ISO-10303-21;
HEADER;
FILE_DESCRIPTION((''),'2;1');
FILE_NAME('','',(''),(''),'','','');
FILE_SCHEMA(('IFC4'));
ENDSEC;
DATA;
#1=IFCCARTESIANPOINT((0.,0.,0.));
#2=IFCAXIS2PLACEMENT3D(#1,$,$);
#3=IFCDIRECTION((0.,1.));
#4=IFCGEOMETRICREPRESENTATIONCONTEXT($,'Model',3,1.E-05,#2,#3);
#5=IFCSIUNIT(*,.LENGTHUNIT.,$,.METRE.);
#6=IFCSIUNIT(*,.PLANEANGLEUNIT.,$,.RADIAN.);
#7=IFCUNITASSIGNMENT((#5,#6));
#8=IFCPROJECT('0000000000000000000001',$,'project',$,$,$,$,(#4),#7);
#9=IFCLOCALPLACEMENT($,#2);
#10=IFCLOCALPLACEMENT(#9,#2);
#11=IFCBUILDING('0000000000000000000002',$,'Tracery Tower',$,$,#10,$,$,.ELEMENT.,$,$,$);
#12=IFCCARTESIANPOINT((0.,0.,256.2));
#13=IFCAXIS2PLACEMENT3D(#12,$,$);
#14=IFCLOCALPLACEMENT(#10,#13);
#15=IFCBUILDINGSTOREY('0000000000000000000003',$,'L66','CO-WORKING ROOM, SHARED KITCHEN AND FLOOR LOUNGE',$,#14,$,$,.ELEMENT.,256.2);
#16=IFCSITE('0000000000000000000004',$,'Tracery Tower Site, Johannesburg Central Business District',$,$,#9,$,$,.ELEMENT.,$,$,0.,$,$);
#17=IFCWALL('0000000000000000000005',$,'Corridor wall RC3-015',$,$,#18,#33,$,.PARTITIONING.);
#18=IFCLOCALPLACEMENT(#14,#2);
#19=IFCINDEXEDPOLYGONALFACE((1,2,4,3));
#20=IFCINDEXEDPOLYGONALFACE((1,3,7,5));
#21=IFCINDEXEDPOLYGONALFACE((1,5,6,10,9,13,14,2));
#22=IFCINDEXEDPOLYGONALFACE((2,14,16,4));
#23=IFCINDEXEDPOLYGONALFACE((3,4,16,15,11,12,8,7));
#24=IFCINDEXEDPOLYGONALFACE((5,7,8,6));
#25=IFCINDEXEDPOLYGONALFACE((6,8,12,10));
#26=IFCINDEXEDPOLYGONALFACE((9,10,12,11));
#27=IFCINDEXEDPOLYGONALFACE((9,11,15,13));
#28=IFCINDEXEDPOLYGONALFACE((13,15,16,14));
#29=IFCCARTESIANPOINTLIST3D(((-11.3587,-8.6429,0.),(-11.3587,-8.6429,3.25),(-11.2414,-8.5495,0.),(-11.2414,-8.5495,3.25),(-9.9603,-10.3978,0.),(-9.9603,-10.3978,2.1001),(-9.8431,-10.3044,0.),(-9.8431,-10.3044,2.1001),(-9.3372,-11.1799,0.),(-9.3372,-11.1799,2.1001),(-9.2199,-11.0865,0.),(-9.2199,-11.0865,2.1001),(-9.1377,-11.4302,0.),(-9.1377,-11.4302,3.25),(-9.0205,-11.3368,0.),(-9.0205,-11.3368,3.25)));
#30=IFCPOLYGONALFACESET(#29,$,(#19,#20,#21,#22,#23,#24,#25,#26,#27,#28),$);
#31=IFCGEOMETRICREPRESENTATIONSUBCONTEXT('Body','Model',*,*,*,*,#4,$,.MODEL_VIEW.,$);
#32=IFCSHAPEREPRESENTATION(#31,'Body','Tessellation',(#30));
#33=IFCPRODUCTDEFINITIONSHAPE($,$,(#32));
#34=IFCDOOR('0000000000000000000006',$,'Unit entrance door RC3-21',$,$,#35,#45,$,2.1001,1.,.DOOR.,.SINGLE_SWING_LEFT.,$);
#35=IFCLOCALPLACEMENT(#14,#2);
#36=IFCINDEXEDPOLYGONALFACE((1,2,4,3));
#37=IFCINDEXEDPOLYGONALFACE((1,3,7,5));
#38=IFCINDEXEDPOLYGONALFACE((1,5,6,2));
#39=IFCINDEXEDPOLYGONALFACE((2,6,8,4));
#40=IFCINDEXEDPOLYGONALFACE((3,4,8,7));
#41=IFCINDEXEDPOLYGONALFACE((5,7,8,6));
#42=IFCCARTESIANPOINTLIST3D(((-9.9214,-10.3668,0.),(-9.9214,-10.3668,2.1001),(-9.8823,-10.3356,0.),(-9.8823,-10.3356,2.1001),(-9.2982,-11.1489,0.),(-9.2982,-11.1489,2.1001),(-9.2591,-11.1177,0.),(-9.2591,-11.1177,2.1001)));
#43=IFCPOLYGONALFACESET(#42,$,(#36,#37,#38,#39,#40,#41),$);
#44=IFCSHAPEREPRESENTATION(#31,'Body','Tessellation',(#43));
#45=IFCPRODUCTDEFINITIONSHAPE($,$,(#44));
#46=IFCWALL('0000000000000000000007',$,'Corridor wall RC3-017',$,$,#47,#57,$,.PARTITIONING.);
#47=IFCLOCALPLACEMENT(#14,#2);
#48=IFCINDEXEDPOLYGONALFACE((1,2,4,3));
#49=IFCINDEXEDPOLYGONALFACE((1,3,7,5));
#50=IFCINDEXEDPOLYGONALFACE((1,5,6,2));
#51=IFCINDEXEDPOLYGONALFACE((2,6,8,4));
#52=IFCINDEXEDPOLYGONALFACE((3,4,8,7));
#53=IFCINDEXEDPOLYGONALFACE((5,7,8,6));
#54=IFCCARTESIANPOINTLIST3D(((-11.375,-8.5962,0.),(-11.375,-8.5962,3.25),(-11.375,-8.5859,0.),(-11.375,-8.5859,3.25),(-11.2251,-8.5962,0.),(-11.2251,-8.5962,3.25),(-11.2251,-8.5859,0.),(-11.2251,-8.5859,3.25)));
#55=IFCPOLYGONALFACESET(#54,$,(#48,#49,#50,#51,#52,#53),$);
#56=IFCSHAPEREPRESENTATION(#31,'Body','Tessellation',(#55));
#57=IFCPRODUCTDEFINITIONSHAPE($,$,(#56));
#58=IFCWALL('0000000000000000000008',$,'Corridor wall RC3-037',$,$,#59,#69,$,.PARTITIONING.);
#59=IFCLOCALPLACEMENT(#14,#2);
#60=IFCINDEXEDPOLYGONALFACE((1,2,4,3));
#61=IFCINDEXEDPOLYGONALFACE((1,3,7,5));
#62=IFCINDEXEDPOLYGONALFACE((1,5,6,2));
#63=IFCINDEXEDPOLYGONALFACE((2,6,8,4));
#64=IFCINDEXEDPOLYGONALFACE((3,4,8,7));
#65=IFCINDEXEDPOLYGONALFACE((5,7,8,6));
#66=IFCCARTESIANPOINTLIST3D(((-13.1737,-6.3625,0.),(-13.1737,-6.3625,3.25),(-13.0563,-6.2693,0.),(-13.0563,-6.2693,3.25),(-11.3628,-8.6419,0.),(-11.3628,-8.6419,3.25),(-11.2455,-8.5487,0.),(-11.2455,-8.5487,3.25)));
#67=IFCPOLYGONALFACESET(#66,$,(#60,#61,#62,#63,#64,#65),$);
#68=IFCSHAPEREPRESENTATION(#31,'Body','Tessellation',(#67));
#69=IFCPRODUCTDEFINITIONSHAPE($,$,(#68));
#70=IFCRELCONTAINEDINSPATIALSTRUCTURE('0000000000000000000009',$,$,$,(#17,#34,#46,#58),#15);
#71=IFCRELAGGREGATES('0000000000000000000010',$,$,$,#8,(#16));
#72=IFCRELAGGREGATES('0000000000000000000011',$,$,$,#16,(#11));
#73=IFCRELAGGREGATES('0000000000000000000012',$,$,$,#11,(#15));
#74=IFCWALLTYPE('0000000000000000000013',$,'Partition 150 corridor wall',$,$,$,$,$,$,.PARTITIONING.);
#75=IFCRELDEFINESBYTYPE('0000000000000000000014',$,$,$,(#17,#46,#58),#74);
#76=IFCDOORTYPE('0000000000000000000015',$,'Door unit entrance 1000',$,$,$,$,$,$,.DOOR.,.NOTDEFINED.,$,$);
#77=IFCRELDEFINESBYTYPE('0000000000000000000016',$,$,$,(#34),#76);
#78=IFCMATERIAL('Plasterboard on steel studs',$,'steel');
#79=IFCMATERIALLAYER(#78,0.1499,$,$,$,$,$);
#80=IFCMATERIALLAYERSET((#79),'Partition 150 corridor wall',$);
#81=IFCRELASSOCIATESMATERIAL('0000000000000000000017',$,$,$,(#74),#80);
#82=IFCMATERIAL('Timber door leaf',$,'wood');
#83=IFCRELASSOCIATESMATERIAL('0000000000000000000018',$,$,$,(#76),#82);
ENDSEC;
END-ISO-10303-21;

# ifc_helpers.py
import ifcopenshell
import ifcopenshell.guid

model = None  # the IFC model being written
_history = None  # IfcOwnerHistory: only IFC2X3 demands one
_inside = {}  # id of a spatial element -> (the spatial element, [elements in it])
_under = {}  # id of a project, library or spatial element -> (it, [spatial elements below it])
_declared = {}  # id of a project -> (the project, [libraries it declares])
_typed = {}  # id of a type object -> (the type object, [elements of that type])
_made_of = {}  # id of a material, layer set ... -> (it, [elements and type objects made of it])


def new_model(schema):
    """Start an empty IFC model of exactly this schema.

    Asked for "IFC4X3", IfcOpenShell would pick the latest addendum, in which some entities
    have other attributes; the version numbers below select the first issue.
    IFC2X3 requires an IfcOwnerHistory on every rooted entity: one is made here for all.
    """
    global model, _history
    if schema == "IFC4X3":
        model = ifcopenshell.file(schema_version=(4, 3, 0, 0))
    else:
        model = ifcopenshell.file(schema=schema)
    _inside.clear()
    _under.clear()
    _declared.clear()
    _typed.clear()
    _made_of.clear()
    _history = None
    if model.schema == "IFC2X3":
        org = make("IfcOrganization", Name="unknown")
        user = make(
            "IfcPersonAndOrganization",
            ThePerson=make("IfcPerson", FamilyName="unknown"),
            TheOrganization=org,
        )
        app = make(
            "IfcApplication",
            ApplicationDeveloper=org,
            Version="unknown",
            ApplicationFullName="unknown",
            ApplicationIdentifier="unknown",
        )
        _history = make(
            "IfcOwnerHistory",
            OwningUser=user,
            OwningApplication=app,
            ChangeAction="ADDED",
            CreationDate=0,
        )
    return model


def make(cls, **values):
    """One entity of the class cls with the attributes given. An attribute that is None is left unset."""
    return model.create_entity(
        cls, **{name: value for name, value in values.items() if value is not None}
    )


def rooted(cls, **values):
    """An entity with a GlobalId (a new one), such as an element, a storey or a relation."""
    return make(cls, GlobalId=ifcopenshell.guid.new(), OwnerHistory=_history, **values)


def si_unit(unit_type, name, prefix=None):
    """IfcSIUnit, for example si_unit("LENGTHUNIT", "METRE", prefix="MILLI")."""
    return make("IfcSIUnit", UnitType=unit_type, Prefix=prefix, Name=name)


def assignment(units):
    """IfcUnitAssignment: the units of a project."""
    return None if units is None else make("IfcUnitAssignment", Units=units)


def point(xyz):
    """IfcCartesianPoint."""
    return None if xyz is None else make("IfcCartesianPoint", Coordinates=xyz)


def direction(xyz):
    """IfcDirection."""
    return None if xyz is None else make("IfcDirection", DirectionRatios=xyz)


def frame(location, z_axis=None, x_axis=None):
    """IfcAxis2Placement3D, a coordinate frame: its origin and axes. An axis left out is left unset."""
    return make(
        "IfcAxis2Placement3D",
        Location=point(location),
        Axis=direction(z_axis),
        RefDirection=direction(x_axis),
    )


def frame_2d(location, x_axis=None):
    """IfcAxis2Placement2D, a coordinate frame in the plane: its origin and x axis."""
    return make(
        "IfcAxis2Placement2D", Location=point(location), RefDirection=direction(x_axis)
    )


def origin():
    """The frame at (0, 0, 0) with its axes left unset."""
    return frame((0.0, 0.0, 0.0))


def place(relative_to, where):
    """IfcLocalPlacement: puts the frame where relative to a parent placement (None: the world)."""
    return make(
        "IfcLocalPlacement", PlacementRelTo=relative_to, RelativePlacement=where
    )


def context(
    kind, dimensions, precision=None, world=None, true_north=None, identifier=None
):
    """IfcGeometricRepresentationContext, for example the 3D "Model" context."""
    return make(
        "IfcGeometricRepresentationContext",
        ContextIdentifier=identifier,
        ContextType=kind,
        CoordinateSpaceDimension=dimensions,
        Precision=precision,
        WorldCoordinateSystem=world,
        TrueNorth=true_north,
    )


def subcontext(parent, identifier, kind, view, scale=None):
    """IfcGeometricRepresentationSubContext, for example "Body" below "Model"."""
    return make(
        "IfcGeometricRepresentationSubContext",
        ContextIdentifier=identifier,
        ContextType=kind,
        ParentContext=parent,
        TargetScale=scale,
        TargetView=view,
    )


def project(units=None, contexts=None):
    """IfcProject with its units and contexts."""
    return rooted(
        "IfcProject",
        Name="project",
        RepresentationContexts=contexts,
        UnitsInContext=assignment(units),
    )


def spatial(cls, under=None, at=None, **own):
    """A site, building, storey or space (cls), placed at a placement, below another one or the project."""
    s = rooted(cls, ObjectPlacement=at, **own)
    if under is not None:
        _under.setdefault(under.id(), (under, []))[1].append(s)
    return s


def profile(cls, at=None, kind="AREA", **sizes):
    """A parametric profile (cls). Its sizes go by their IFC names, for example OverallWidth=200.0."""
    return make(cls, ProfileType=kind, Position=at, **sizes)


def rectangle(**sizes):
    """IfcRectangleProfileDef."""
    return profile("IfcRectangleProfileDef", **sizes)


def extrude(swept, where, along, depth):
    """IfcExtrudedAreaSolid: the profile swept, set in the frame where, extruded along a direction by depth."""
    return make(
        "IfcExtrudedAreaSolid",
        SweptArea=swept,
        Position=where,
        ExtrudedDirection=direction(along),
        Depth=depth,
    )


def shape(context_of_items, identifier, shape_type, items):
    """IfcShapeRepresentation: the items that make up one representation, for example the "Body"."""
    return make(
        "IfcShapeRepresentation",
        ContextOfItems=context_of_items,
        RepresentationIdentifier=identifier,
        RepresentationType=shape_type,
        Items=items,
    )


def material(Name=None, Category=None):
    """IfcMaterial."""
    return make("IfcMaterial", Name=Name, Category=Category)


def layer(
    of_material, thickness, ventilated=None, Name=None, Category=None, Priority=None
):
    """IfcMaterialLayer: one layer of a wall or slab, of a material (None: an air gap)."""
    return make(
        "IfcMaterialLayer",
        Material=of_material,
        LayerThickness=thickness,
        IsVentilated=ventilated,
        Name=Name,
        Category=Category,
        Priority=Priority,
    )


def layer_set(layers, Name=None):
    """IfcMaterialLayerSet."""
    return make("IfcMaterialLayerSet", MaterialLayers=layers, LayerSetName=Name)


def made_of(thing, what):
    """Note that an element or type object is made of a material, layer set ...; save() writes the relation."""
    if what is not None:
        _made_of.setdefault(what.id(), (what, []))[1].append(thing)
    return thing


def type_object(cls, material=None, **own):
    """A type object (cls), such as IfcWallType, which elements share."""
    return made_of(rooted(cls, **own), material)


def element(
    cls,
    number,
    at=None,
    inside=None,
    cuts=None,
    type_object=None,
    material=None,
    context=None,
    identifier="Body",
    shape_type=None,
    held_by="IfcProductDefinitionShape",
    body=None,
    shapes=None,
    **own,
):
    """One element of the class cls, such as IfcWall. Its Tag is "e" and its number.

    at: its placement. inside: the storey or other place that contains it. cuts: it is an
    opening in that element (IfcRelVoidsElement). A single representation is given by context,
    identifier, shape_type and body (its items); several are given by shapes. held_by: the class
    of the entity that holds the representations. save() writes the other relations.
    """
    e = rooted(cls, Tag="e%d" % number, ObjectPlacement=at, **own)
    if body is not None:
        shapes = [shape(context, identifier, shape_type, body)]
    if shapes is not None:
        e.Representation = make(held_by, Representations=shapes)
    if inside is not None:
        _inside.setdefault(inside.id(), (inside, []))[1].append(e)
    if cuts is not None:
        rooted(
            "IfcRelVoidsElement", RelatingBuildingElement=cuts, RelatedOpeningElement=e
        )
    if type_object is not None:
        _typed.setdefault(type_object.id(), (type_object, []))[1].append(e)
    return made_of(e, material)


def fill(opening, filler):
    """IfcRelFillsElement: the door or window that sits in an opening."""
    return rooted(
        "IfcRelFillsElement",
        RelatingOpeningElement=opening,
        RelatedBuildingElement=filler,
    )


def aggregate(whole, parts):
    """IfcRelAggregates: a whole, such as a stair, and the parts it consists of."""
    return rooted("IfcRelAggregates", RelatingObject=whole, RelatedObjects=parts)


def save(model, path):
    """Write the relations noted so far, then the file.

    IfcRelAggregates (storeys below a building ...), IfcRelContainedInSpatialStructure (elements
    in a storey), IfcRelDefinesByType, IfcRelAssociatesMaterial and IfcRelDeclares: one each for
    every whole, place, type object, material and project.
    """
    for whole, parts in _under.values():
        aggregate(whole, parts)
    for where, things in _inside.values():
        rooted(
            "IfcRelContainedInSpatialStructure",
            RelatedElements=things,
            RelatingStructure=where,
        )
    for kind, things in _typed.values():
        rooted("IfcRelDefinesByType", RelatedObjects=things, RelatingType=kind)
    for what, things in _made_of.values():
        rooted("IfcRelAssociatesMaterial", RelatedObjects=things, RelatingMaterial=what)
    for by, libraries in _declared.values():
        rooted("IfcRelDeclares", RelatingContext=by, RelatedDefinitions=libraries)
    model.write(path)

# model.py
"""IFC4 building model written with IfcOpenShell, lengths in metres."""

from ifc_helpers import new_model, si_unit, direction, frame, frame_2d, origin, place, context, subcontext, project, spatial, rectangle, extrude, material, layer, layer_set, type_object, element, fill, save


model = new_model("IFC4")

# Units and contexts
model_context = context("Model", 3, precision=1e-05, world=origin(), true_north=direction((0.0, 1.0)))
body_context = subcontext(model_context, "Body", "Model", "MODEL_VIEW")
ifc_project = project(units=[si_unit("LENGTHUNIT", "METRE"), si_unit("PLANEANGLEUNIT", "RADIAN")], contexts=[model_context])

# Site, building, storey
site_placement = place(None, origin())
site = spatial("IfcSite", under=ifc_project, at=site_placement, Name="Tracery Tower Site, Johannesburg Central Business District", CompositionType="ELEMENT", RefElevation=0.0)
building_placement = place(site_placement, origin())
building = spatial("IfcBuilding", under=site, at=building_placement, Name="Tracery Tower", CompositionType="ELEMENT")
storey_placement = place(building_placement, frame((0.0, 0.0, 256.2)))
storey = spatial("IfcBuildingStorey", under=building, at=storey_placement, Name="L66", Description="CO-WORKING ROOM, SHARED KITCHEN AND FLOOR LOUNGE", CompositionType="ELEMENT", Elevation=256.2)

# Wall, opening, door
ifc_material_1 = material(Name="Plasterboard on steel studs", Category="steel")
ifc_layer_1 = layer(ifc_material_1, 0.1499)
ifc_layer_set_1 = layer_set([ifc_layer_1], Name="Partition 150 corridor wall")
wall_type_1 = type_object("IfcWallType", Name="Partition 150 corridor wall", PredefinedType="PARTITIONING", material=ifc_layer_set_1)
wall_1_placement = place(storey_placement, frame((-11.3, -8.5962, 0.0), z_axis=(0.0, 0.0, 1.0), x_axis=(0.623165, -0.78209, 0.0)))
wall_1 = element("IfcWall", 1, at=wall_1_placement, inside=storey, type_object=wall_type_1, Name="Corridor wall RC3-015", PredefinedType="PARTITIONING", context=body_context, shape_type="SweptSolid", body=[
    extrude(rectangle(XDim=3.564, YDim=0.1499, at=frame_2d((1.782, 0.0))), origin(), (0.0, 0.0, 1.0), 3.25),
])
opening_1_placement = place(wall_1_placement, frame((2.2439, 0.0, 0.0)))
opening_1 = element("IfcOpeningElement", 2, at=opening_1_placement, cuts=wall_1, PredefinedType="OPENING", context=body_context, shape_type="SweptSolid", body=[
    extrude(rectangle(XDim=1.0, YDim=2.1001, at=frame_2d((0.5, 1.05))), frame((0.0, 0.075, 0.0), z_axis=(0.0, -1.0, 0.0), x_axis=(1.0, 0.0, 0.0)), (0.0, 0.0, 1.0), 0.1499),
])
ifc_material_2 = material(Name="Timber door leaf", Category="wood")
door_type_1 = type_object("IfcDoorType", Name="Door unit entrance 1000", OperationType="NOTDEFINED", PredefinedType="DOOR", material=ifc_material_2)
door_1_placement = place(opening_1_placement, origin())
door_1 = element("IfcDoor", 3, at=door_1_placement, inside=storey, type_object=door_type_1, Name="Unit entrance door RC3-21", OperationType="SINGLE_SWING_LEFT", OverallHeight=2.1001, OverallWidth=1.0, PredefinedType="DOOR", context=body_context, shape_type="SweptSolid", body=[
    extrude(rectangle(XDim=1.0, YDim=2.1001, at=frame_2d((0.5, 1.05))), frame((0.0, 0.0249, 0.0), z_axis=(0.0, -1.0, 0.0), x_axis=(1.0, 0.0, 0.0)), (0.0, 0.0, 1.0), 0.05),
])
fill(opening_1, door_1)

# Walls
wall_2_placement = place(storey_placement, frame((-11.3, -8.5962, 0.0), z_axis=(0.0, 0.0, 1.0), x_axis=(0.0, 1.0, 0.0)))
element("IfcWall", 4, at=wall_2_placement, inside=storey, type_object=wall_type_1, Name="Corridor wall RC3-017", PredefinedType="PARTITIONING", context=body_context, shape_type="SweptSolid", body=[
    extrude(rectangle(XDim=0.0103, YDim=0.1499, at=frame_2d((0.0051, 0.0))), origin(), (0.0, 0.0, 1.0), 3.25),
])
wall_3_placement = place(storey_placement, frame((-13.115, -6.3159, 0.0), z_axis=(0.0, 0.0, 1.0), x_axis=(0.622042, -0.782983, 0.0)))
element("IfcWall", 5, at=wall_3_placement, inside=storey, type_object=wall_type_1, Name="Corridor wall RC3-037", PredefinedType="PARTITIONING", context=body_context, shape_type="SweptSolid", body=[
    extrude(rectangle(XDim=2.9111, YDim=0.1499, at=frame_2d((1.4556, 0.0))), origin(), (0.0, 0.0, 1.0), 3.25),
])

save(model, "model.ifc")
